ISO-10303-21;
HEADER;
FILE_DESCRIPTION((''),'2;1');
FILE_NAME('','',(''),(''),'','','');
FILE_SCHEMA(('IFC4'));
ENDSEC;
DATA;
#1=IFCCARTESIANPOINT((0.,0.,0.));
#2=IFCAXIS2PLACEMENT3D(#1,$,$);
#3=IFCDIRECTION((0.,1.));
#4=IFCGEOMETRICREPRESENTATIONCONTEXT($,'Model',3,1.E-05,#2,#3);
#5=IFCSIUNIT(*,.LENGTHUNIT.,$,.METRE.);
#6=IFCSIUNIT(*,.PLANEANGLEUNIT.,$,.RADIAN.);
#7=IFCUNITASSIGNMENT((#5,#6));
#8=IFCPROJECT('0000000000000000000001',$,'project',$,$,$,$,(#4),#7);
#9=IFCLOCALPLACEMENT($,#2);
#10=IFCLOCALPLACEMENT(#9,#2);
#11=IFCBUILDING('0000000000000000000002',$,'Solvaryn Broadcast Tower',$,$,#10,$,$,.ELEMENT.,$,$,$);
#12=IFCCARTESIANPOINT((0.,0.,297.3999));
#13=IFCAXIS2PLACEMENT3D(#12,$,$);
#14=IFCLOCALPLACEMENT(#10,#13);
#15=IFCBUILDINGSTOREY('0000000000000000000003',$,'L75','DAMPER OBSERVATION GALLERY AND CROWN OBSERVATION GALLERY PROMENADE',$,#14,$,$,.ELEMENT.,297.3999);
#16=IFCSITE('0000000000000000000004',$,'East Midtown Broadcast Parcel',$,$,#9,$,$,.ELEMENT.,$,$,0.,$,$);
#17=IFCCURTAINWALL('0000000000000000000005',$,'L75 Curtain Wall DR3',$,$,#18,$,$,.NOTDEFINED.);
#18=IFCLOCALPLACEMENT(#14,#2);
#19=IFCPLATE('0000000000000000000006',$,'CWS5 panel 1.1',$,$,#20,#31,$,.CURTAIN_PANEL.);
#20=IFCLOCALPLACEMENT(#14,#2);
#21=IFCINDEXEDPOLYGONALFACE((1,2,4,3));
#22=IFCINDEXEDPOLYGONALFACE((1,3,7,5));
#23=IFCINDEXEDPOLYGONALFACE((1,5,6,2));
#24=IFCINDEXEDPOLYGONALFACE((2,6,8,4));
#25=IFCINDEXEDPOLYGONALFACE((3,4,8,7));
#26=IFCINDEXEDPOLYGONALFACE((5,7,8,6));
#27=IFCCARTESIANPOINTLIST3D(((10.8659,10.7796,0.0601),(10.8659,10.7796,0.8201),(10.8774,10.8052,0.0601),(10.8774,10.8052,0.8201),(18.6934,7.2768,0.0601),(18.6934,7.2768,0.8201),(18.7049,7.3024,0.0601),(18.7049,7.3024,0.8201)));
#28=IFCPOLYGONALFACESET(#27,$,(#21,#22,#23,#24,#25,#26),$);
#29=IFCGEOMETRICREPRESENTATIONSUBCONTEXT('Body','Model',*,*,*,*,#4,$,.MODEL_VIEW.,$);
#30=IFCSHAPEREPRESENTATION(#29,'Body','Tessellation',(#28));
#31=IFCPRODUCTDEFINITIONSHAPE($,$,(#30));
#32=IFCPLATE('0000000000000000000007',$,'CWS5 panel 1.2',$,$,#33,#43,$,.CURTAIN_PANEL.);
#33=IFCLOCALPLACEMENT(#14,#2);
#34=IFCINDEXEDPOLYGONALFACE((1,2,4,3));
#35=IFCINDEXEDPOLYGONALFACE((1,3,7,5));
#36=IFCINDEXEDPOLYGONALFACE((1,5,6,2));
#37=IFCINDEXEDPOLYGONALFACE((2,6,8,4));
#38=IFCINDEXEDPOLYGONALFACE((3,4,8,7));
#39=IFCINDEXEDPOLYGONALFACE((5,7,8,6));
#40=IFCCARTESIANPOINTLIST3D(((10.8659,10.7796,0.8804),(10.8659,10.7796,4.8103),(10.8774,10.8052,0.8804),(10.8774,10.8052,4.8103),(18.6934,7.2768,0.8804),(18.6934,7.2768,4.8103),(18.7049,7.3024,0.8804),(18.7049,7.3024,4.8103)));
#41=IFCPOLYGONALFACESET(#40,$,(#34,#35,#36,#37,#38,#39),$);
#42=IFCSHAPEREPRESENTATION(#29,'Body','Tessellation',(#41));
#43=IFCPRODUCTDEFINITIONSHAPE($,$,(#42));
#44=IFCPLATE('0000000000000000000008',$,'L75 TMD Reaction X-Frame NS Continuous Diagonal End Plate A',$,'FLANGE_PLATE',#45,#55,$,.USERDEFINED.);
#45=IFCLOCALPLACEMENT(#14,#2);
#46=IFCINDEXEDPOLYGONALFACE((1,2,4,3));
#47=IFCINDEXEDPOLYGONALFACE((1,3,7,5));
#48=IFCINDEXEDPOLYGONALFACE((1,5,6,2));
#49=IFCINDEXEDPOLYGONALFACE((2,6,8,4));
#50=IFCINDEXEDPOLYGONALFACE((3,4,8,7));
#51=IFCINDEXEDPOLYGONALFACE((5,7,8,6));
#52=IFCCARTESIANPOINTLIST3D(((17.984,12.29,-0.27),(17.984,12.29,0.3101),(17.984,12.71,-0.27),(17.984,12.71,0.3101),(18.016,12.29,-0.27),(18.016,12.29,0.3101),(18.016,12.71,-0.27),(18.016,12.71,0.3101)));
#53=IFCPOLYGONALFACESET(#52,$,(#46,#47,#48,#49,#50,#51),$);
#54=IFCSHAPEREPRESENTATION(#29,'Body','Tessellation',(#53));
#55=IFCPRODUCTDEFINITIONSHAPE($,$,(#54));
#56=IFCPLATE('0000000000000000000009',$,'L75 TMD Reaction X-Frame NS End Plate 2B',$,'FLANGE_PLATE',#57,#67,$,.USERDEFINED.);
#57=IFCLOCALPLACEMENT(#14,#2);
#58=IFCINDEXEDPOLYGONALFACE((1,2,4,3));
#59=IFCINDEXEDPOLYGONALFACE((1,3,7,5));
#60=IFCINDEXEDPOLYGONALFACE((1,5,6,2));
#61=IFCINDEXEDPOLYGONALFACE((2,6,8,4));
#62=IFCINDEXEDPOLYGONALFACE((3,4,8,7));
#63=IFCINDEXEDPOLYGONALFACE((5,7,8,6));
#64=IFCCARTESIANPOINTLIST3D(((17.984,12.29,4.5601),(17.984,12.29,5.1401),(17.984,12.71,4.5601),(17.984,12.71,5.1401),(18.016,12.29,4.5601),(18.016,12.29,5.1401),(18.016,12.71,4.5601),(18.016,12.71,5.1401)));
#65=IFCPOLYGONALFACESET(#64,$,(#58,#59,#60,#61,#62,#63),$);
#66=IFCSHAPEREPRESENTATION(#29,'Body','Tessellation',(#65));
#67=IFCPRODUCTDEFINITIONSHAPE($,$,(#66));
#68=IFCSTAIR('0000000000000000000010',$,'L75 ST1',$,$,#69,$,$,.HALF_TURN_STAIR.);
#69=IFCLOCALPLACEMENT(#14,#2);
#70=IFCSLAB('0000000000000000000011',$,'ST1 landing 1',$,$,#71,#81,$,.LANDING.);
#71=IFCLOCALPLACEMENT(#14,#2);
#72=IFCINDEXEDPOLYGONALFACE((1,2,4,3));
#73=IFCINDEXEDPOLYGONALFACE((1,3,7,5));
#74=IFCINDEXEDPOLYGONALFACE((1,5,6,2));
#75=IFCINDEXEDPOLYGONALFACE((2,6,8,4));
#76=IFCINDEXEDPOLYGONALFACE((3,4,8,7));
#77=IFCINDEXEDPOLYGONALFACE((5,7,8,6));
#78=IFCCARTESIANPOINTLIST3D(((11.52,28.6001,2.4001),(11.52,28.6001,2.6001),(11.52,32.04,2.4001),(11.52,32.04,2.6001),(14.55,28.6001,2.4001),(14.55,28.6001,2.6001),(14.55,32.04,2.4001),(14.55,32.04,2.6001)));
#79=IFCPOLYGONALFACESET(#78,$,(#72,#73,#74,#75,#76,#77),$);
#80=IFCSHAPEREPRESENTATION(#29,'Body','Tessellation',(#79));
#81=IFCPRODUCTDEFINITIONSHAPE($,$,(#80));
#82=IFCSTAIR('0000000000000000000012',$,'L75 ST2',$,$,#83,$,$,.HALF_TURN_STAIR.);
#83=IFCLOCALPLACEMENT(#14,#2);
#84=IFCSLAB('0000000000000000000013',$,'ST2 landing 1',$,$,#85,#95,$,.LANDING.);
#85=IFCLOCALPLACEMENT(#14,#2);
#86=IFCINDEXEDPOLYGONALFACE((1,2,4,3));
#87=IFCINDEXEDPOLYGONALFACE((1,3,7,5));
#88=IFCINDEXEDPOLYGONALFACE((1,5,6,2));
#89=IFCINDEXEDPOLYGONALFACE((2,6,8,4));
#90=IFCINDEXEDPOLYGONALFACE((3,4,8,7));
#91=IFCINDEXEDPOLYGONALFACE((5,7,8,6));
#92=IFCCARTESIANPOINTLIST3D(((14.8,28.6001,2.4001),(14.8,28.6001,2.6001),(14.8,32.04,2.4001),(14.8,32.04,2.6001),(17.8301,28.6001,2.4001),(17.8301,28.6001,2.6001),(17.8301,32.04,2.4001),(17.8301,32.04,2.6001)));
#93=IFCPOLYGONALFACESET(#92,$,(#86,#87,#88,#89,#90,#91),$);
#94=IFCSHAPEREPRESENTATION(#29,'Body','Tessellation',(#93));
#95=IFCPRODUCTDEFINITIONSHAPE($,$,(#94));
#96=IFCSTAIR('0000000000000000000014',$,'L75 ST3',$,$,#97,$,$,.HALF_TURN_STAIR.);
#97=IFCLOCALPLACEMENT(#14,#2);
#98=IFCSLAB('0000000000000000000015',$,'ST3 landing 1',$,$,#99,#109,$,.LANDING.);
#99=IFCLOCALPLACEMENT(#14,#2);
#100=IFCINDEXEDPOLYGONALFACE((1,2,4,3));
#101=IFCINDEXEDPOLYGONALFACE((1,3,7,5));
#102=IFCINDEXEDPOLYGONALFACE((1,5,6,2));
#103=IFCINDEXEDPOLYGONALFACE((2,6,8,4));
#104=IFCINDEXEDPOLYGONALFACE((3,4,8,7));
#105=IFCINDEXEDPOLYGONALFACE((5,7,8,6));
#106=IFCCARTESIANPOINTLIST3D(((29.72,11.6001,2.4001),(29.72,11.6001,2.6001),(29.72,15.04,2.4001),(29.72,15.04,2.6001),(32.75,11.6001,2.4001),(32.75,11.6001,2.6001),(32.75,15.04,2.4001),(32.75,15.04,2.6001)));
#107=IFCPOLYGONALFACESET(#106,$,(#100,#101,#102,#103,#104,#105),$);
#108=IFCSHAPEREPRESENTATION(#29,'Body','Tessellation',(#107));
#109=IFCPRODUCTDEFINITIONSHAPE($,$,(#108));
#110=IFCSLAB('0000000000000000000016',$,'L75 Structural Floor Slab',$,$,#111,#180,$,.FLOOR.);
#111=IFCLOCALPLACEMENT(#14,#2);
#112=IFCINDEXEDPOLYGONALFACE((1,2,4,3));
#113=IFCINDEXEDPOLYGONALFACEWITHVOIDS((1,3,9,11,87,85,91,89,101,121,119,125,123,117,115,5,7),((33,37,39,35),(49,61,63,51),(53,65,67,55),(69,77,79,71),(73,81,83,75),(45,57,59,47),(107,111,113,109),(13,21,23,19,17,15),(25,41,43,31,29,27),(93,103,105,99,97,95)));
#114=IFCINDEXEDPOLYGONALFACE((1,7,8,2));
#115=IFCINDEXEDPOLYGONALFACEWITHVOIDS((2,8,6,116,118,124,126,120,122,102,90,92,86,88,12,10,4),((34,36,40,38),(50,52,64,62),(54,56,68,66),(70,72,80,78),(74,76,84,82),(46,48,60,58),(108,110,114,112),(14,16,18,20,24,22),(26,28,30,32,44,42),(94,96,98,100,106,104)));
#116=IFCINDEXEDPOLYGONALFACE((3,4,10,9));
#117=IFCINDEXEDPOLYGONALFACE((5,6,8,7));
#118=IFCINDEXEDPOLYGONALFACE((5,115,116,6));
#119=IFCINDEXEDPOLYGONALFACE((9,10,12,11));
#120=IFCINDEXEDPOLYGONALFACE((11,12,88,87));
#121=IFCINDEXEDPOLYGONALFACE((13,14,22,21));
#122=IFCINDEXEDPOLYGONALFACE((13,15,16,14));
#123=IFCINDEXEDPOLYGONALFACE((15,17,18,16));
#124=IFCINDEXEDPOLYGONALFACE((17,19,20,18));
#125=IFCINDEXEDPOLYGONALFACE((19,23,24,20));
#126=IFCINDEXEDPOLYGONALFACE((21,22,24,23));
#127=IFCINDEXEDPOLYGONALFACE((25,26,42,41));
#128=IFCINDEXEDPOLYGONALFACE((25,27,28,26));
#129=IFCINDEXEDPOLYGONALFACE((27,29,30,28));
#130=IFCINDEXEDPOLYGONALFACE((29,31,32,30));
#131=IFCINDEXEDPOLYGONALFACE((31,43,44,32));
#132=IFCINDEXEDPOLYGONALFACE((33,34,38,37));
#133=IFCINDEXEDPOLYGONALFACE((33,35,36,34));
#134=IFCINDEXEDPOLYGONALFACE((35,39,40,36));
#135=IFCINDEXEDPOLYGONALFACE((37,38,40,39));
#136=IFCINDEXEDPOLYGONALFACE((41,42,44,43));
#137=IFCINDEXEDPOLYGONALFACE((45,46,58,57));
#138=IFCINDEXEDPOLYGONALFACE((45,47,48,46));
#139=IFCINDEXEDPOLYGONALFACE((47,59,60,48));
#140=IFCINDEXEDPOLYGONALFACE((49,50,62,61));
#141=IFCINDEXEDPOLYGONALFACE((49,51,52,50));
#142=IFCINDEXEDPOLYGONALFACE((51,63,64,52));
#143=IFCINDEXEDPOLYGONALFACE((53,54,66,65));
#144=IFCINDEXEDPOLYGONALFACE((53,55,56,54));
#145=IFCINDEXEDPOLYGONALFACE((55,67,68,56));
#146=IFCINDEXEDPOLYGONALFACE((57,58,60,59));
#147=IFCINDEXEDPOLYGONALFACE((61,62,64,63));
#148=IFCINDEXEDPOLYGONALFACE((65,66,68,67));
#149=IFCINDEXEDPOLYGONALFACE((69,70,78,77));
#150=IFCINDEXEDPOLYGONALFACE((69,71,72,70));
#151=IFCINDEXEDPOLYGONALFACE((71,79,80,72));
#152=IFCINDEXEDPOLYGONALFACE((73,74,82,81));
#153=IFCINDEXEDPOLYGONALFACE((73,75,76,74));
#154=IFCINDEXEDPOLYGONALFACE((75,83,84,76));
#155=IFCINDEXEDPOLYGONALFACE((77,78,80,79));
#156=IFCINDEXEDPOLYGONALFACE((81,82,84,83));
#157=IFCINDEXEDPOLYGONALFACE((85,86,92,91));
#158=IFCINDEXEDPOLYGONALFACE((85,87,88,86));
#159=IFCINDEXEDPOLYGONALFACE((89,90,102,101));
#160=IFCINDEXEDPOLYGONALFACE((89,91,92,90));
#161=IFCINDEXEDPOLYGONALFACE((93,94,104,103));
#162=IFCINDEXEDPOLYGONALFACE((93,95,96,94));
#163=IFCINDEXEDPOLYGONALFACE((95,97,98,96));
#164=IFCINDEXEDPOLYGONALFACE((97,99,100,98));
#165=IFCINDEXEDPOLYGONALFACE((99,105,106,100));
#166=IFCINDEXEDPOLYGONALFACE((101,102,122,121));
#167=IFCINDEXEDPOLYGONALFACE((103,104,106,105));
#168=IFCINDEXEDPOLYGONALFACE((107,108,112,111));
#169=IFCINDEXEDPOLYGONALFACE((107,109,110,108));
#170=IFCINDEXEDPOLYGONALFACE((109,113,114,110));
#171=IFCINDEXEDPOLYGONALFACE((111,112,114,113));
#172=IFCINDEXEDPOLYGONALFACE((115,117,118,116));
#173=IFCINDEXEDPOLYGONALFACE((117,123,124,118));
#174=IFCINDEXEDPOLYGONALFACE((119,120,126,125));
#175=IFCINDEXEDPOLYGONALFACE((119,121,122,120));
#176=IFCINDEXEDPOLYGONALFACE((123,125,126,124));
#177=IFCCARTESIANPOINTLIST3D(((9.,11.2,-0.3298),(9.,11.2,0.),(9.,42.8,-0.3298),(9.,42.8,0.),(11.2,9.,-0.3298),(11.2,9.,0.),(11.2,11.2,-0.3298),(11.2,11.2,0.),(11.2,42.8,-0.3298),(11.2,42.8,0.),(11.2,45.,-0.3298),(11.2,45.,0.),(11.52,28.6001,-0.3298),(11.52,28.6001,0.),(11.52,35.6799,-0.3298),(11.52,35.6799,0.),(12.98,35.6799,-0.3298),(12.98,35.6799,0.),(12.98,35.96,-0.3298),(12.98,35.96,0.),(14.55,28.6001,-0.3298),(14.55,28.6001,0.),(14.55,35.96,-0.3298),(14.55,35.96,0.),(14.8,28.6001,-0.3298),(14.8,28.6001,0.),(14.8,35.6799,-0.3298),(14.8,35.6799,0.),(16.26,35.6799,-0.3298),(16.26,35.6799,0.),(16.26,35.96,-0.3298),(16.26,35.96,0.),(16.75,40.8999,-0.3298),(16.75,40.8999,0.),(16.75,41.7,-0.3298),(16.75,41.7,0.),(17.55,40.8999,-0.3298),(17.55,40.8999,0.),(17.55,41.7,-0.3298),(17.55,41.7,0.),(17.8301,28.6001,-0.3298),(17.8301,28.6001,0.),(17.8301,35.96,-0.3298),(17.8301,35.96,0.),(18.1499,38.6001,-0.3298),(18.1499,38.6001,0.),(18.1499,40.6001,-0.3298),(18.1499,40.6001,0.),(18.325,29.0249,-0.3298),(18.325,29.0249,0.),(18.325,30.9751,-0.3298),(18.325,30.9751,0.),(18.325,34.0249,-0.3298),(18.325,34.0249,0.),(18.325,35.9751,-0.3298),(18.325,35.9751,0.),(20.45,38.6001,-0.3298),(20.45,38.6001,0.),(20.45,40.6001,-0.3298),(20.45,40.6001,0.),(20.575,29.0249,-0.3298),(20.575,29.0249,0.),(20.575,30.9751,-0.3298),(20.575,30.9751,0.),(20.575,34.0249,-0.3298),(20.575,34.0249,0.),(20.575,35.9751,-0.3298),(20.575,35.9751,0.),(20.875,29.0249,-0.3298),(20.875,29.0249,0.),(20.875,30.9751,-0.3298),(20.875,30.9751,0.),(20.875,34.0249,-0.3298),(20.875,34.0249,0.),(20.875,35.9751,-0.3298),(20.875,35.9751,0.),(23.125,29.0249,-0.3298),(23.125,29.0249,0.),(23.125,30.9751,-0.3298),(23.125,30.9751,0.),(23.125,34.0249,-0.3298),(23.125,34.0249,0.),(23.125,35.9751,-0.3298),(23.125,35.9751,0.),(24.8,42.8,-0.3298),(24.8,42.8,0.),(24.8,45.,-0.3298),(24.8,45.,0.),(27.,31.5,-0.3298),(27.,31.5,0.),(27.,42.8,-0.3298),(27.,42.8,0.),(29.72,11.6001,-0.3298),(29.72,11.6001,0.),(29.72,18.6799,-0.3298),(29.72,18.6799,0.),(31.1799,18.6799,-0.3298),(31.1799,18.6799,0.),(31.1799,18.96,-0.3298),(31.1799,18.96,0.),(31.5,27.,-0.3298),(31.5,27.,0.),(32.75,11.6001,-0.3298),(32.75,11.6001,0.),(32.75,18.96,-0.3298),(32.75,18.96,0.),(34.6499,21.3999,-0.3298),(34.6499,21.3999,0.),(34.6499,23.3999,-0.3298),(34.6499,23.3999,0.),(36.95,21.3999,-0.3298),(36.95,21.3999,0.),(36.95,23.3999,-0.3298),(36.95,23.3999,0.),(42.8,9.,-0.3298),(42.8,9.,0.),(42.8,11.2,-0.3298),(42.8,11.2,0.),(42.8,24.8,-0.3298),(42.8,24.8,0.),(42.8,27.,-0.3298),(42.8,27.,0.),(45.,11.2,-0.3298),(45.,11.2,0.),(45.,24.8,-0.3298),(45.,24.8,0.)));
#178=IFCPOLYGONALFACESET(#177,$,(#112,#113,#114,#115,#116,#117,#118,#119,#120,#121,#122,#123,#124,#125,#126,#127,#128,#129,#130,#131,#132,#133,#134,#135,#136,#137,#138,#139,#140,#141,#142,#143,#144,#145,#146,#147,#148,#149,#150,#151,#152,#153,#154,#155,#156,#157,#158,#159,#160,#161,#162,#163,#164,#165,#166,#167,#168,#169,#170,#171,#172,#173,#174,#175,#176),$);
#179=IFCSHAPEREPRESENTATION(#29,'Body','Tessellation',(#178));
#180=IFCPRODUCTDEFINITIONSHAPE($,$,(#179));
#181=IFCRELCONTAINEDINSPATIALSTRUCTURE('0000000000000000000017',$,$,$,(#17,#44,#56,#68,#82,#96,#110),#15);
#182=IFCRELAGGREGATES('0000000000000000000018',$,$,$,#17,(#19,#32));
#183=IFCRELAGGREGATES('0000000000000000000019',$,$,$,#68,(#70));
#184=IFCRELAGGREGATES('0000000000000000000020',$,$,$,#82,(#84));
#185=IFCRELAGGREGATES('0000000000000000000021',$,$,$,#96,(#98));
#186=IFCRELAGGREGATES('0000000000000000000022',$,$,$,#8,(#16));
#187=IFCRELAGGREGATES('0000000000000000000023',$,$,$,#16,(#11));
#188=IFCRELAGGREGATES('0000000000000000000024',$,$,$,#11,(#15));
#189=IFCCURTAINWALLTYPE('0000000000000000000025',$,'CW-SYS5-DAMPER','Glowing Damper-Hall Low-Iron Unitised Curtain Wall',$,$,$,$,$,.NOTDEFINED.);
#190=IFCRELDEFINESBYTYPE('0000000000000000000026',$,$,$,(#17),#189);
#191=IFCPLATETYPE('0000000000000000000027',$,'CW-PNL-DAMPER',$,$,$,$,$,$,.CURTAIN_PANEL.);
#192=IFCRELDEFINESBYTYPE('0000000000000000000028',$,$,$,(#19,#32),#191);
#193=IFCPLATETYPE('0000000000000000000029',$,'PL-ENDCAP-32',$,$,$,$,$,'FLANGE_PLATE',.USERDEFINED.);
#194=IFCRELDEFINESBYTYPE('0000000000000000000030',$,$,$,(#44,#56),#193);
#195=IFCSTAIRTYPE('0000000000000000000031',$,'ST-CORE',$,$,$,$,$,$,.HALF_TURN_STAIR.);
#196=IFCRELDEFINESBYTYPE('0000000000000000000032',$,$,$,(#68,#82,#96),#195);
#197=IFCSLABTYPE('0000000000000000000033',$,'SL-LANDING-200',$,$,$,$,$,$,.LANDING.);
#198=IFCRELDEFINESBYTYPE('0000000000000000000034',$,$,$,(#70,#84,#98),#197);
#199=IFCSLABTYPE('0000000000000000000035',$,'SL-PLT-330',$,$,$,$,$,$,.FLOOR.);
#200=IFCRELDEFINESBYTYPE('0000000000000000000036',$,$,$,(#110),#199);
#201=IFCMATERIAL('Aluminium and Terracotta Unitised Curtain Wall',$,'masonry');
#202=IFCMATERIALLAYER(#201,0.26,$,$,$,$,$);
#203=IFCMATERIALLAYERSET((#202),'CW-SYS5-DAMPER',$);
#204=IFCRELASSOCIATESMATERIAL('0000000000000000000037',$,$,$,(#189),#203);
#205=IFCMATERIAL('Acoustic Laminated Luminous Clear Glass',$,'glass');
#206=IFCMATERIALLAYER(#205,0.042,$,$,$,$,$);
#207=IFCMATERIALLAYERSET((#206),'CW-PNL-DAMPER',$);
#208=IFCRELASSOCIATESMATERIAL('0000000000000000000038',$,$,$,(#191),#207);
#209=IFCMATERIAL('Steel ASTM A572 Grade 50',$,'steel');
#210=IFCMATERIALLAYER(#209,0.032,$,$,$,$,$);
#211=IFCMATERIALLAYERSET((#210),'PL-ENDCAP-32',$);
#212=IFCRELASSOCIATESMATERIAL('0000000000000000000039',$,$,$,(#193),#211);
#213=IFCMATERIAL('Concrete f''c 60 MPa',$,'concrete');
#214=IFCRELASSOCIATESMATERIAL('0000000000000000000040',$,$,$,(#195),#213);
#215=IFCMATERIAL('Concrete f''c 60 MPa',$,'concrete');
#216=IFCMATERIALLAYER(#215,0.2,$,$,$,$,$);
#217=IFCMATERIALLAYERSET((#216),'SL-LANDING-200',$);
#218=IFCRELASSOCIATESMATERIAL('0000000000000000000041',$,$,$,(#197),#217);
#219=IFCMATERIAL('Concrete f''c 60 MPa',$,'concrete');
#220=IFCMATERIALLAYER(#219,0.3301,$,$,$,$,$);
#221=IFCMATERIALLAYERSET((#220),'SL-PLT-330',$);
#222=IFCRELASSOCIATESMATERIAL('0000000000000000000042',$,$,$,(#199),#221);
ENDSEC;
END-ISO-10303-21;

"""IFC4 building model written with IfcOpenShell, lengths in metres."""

from ifc_helpers import new_model, si_unit, direction, frame, origin, origin_2d, place, context, subcontext, project, spatial, polyline, rectangle, outline, extrude, material, layer, layer_set, type_object, element, aggregate, save


model = new_model("IFC4")

# Units and contexts
model_context = context("Model", 3, precision=1e-05, world=origin(), true_north=direction((0.0, 1.0)))
body_context = subcontext(model_context, "Body", "Model", "MODEL_VIEW")
ifc_project = project(units=[si_unit("LENGTHUNIT", "METRE"), si_unit("PLANEANGLEUNIT", "RADIAN")], contexts=[model_context])

# Site, building, storey
site_placement = place(None, origin())
site = spatial("IfcSite", under=ifc_project, at=site_placement, Name="East Midtown Broadcast Parcel", CompositionType="ELEMENT", RefElevation=0.0)
building_placement = place(site_placement, origin())
building = spatial("IfcBuilding", under=site, at=building_placement, Name="Solvaryn Broadcast Tower", CompositionType="ELEMENT")
storey_placement = place(building_placement, frame((0.0, 0.0, 297.3999)))
storey = spatial("IfcBuildingStorey", under=building, at=storey_placement, Name="L75", Description="DAMPER OBSERVATION GALLERY AND CROWN OBSERVATION GALLERY PROMENADE", CompositionType="ELEMENT", Elevation=297.3999)

# Shared definitions
ifc_material_1 = material(Name="Aluminium and Terracotta Unitised Curtain Wall", Category="masonry")
ifc_layer_1 = layer(ifc_material_1, 0.26)
ifc_layer_set_1 = layer_set([ifc_layer_1], Name="CW-SYS5-DAMPER")
curtain_wall_type = type_object("IfcCurtainWallType", Name="CW-SYS5-DAMPER", Description="Glowing Damper-Hall Low-Iron Unitised Curtain Wall", PredefinedType="NOTDEFINED", material=ifc_layer_set_1)

# Curtain wall
curtain_wall_1_placement = place(storey_placement, origin())
curtain_wall_1 = element("IfcCurtainWall", 1, at=curtain_wall_1_placement, inside=storey, type_object=curtain_wall_type, Name="L75 Curtain Wall DR3", PredefinedType="NOTDEFINED")

# Plates
ifc_material_2 = material(Name="Acoustic Laminated Luminous Clear Glass", Category="glass")
ifc_layer_2 = layer(ifc_material_2, 0.042)
ifc_layer_set_2 = layer_set([ifc_layer_2], Name="CW-PNL-DAMPER")
plate_type_1 = type_object("IfcPlateType", Name="CW-PNL-DAMPER", PredefinedType="CURTAIN_PANEL", material=ifc_layer_set_2)
plate_1_placement = place(storey_placement, frame((14.7854, 9.041, 0.0601), z_axis=(0.0, 0.0, 1.0), x_axis=(0.912774, -0.408466, 0.0)))
plate_1 = element("IfcPlate", 2, at=plate_1_placement, type_object=plate_type_1, Name="CWS5 panel 1.1", PredefinedType="CURTAIN_PANEL", context=body_context, shape_type="SweptSolid", body=[
    extrude(rectangle(XDim=8.5754, YDim=0.0281, at=origin_2d()), origin(), (0.0, 0.0, 1.0), 0.76),
])
plate_2_placement = place(storey_placement, frame((14.7854, 9.041, 0.8804), z_axis=(0.0, 0.0, 1.0), x_axis=(0.912774, -0.408466, 0.0)))
plate_2 = element("IfcPlate", 3, at=plate_2_placement, type_object=plate_type_1, Name="CWS5 panel 1.2", PredefinedType="CURTAIN_PANEL", context=body_context, shape_type="SweptSolid", body=[
    extrude(rectangle(XDim=8.5754, YDim=0.0281, at=origin_2d()), origin(), (0.0, 0.0, 1.0), 3.9299),
])
aggregate(curtain_wall_1, [plate_1, plate_2])

# Plates
ifc_material_3 = material(Name="Steel ASTM A572 Grade 50", Category="steel")
ifc_layer_3 = layer(ifc_material_3, 0.032)
ifc_layer_set_3 = layer_set([ifc_layer_3], Name="PL-ENDCAP-32")
plate_type_2 = type_object("IfcPlateType", Name="PL-ENDCAP-32", ElementType="FLANGE_PLATE", PredefinedType="USERDEFINED", material=ifc_layer_set_3)
for number, where, z_axis, x_axis, name in (
    (4, (18.0, 12.5, -0.27), (0.0, 0.0, 1.0), (1.0, 0.0, 0.0), "L75 TMD Reaction X-Frame NS Continuous Diagonal End Plate A"),
    (5, (18.0, 12.5, 4.5601), (0.0, 0.0, 1.0), (1.0, 0.0, 0.0), "L75 TMD Reaction X-Frame NS End Plate 2B"),
):
    element("IfcPlate", number, at=place(storey_placement, frame(where, z_axis=z_axis, x_axis=x_axis)), inside=storey, type_object=plate_type_2, Name=name, ObjectType="FLANGE_PLATE", PredefinedType="USERDEFINED", context=body_context, shape_type="SweptSolid", body=[
        extrude(rectangle(XDim=0.032, YDim=0.4199, at=origin_2d()), origin(), (0.0, 0.0, 1.0), 0.5801),
    ])

# Stairs, slabs
ifc_material_4 = material(Name="Concrete f'c 60 MPa", Category="concrete")
stair_type = type_object("IfcStairType", Name="ST-CORE", PredefinedType="HALF_TURN_STAIR", material=ifc_material_4)
stair_1_placement = place(storey_placement, origin())
stair_1 = element("IfcStair", 6, at=stair_1_placement, inside=storey, type_object=stair_type, Name="L75 ST1", PredefinedType="HALF_TURN_STAIR")
ifc_material_5 = material(Name="Concrete f'c 60 MPa", Category="concrete")
ifc_layer_4 = layer(ifc_material_5, 0.2)
ifc_layer_set_4 = layer_set([ifc_layer_4], Name="SL-LANDING-200")
slab_type_1 = type_object("IfcSlabType", Name="SL-LANDING-200", PredefinedType="LANDING", material=ifc_layer_set_4)
slab_1_placement = place(storey_placement, frame((0.0, 0.0, 2.4001)))
slab_1 = element("IfcSlab", 7, at=slab_1_placement, type_object=slab_type_1, Name="ST1 landing 1", PredefinedType="LANDING", context=body_context, shape_type="SweptSolid", body=[
    extrude(outline(polyline([(11.52, 32.04), (11.52, 28.6001), (14.55, 28.6001), (14.55, 32.04), (11.52, 32.04)])), origin(), (0.0, 0.0, 1.0), 0.2),
])
aggregate(stair_1, [slab_1])
stair_2_placement = place(storey_placement, origin())
stair_2 = element("IfcStair", 8, at=stair_2_placement, inside=storey, type_object=stair_type, Name="L75 ST2", PredefinedType="HALF_TURN_STAIR")
slab_2_placement = place(storey_placement, frame((0.0, 0.0, 2.4001)))
slab_2 = element("IfcSlab", 9, at=slab_2_placement, type_object=slab_type_1, Name="ST2 landing 1", PredefinedType="LANDING", context=body_context, shape_type="SweptSolid", body=[
    extrude(outline(polyline([(14.8, 32.04), (14.8, 28.6001), (17.8301, 28.6001), (17.8301, 32.04), (14.8, 32.04)])), origin(), (0.0, 0.0, 1.0), 0.2),
])
aggregate(stair_2, [slab_2])
stair_3_placement = place(storey_placement, origin())
stair_3 = element("IfcStair", 10, at=stair_3_placement, inside=storey, type_object=stair_type, Name="L75 ST3", PredefinedType="HALF_TURN_STAIR")
slab_3_placement = place(storey_placement, frame((0.0, 0.0, 2.4001)))
slab_3 = element("IfcSlab", 11, at=slab_3_placement, type_object=slab_type_1, Name="ST3 landing 1", PredefinedType="LANDING", context=body_context, shape_type="SweptSolid", body=[
    extrude(outline(polyline([(29.72, 15.04), (29.72, 11.6001), (32.75, 11.6001), (32.75, 15.04), (29.72, 15.04)])), origin(), (0.0, 0.0, 1.0), 0.2),
])
aggregate(stair_3, [slab_3])

# Slab
ifc_material_6 = material(Name="Concrete f'c 60 MPa", Category="concrete")
ifc_layer_5 = layer(ifc_material_6, 0.3301)
ifc_layer_set_5 = layer_set([ifc_layer_5], Name="SL-PLT-330")
slab_type_2 = type_object("IfcSlabType", Name="SL-PLT-330", PredefinedType="FLOOR", material=ifc_layer_set_5)
slab_4_placement = place(storey_placement, frame((0.0, 0.0, -0.3298)))
element("IfcSlab", 12, at=slab_4_placement, inside=storey, type_object=slab_type_2, Name="L75 Structural Floor Slab", PredefinedType="FLOOR", context=body_context, shape_type="SweptSolid", body=[
    extrude(outline(polyline([(11.2, 9.0), (42.8, 9.0), (42.8, 11.2), (45.0, 11.2), (45.0, 24.8), (42.8, 24.8), (42.8, 27.0), (31.5, 27.0), (27.0, 31.5), (27.0, 42.8), (24.8, 42.8), (24.8, 45.0), (11.2, 45.0), (11.2, 42.8), (9.0, 42.8), (9.0, 11.2), (11.2, 11.2), (11.2, 9.0)]), holes=[polyline([(11.52, 28.6001), (14.55, 28.6001), (14.55, 35.96), (12.98, 35.96), (12.98, 35.6799), (11.52, 35.6799), (11.52, 28.6001)]), polyline([(14.8, 28.6001), (17.8301, 28.6001), (17.8301, 35.96), (16.26, 35.96), (16.26, 35.6799), (14.8, 35.6799), (14.8, 28.6001)]), polyline([(29.72, 11.6001), (32.75, 11.6001), (32.75, 18.96), (31.1799, 18.96), (31.1799, 18.6799), (29.72, 18.6799), (29.72, 11.6001)]), polyline([(18.1499, 38.6001), (20.45, 38.6001), (20.45, 40.6001), (18.1499, 40.6001), (18.1499, 38.6001)]), polyline([(18.325, 29.0249), (20.575, 29.0249), (20.575, 30.9751), (18.325, 30.9751), (18.325, 29.0249)]), polyline([(20.875, 29.0249), (23.125, 29.0249), (23.125, 30.9751), (20.875, 30.9751), (20.875, 29.0249)]), polyline([(18.325, 34.0249), (20.575, 34.0249), (20.575, 35.9751), (18.325, 35.9751), (18.325, 34.0249)]), polyline([(20.875, 34.0249), (23.125, 34.0249), (23.125, 35.9751), (20.875, 35.9751), (20.875, 34.0249)]), polyline([(34.6499, 21.3999), (36.95, 21.3999), (36.95, 23.3999), (34.6499, 23.3999), (34.6499, 21.3999)]), polyline([(16.75, 40.8999), (17.55, 40.8999), (17.55, 41.7), (16.75, 41.7), (16.75, 40.8999)])]), origin(), (0.0, 0.0, 1.0), 0.3298),
])

save(model, "model.ifc")
